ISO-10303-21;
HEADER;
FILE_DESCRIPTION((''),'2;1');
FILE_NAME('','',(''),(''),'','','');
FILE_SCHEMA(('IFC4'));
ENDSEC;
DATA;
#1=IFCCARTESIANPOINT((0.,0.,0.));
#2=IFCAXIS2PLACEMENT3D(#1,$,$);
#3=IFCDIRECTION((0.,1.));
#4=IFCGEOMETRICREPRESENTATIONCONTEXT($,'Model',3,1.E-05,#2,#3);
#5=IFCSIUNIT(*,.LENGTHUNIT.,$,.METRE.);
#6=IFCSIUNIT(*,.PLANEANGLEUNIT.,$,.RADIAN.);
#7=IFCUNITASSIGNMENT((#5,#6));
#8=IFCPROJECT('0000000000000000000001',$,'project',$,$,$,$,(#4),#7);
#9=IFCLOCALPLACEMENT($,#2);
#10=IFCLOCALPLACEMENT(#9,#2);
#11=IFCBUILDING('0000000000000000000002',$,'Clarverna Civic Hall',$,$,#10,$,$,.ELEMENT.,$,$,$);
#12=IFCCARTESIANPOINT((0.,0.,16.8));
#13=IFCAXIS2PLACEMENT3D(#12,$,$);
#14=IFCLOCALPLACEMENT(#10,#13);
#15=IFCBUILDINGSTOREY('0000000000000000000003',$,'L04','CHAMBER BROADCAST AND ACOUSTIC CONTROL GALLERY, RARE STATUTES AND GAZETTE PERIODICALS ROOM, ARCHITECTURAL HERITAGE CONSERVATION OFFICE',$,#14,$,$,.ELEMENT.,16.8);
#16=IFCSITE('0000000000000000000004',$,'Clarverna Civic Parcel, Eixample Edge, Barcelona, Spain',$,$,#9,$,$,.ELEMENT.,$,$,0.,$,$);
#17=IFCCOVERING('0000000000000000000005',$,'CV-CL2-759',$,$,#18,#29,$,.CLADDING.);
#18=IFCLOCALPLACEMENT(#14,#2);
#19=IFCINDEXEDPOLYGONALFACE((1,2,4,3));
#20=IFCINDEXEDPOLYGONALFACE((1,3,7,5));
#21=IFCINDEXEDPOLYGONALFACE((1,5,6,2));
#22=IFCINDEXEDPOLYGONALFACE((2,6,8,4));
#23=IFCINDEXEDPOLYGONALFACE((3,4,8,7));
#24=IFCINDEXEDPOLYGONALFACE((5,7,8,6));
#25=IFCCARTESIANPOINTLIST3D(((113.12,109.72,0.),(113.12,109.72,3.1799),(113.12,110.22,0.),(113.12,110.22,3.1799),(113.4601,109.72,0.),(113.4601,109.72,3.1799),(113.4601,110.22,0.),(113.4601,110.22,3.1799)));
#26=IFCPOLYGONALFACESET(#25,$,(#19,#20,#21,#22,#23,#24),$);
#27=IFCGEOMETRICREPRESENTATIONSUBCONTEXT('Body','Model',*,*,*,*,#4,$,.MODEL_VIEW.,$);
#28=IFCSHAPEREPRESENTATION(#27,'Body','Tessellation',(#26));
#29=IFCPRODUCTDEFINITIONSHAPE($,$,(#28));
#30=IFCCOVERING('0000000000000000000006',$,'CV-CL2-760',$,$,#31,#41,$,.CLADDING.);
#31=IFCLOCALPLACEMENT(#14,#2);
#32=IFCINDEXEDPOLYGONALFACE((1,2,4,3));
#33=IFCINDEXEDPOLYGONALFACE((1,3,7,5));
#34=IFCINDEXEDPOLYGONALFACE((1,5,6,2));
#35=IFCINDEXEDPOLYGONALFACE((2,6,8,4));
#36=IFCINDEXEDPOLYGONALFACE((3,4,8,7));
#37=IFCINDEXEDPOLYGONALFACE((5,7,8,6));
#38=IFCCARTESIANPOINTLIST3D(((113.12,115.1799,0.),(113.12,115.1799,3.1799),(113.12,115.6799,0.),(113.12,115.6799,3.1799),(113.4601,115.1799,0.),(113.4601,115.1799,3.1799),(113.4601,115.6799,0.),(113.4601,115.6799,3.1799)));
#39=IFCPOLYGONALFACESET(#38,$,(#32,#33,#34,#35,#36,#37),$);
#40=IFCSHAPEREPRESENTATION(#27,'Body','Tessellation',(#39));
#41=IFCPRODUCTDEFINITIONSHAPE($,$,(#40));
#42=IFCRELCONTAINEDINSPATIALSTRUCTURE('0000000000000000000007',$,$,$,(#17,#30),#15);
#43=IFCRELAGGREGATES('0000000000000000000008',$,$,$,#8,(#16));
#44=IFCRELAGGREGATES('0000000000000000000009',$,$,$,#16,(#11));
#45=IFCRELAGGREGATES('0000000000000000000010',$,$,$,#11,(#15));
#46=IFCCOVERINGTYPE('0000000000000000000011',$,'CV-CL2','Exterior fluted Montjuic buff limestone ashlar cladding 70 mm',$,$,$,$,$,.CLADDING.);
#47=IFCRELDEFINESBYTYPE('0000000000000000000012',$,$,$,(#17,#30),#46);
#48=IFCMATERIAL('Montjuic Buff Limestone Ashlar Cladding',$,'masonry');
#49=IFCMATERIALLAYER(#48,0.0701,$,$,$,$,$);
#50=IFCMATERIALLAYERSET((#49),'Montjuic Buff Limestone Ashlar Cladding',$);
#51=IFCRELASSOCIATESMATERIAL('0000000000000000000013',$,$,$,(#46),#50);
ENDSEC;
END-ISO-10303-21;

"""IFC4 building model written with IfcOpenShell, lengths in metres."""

from ifc_helpers import new_model, si_unit, direction, frame, frame_2d, origin, place, context, subcontext, project, spatial, rectangle, extrude, material, layer, layer_set, type_object, element, save


model = new_model("IFC4")

# Units and contexts
model_context = context("Model", 3, precision=1e-05, world=origin(), true_north=direction((0.0, 1.0)))
body_context = subcontext(model_context, "Body", "Model", "MODEL_VIEW")
ifc_project = project(units=[si_unit("LENGTHUNIT", "METRE"), si_unit("PLANEANGLEUNIT", "RADIAN")], contexts=[model_context])

# Site, building, storey
site_placement = place(None, origin())
site = spatial("IfcSite", under=ifc_project, at=site_placement, Name="Clarverna Civic Parcel, Eixample Edge, Barcelona, Spain", CompositionType="ELEMENT", RefElevation=0.0)
building_placement = place(site_placement, origin())
building = spatial("IfcBuilding", under=site, at=building_placement, Name="Clarverna Civic Hall", CompositionType="ELEMENT")
storey_placement = place(building_placement, frame((0.0, 0.0, 16.8)))
storey = spatial("IfcBuildingStorey", under=building, at=storey_placement, Name="L04", Description="CHAMBER BROADCAST AND ACOUSTIC CONTROL GALLERY, RARE STATUTES AND GAZETTE PERIODICALS ROOM, ARCHITECTURAL HERITAGE CONSERVATION OFFICE", CompositionType="ELEMENT", Elevation=16.8)

# Coverings
ifc_material_1 = material(Name="Montjuic Buff Limestone Ashlar Cladding", Category="masonry")
ifc_layer_1 = layer(ifc_material_1, 0.0701)
ifc_layer_set_1 = layer_set([ifc_layer_1], Name="Montjuic Buff Limestone Ashlar Cladding")
covering_type = type_object("IfcCoveringType", Name="CV-CL2", Description="Exterior fluted Montjuic buff limestone ashlar cladding 70 mm", PredefinedType="CLADDING", material=ifc_layer_set_1)
for number, where, z_axis, x_axis, name in (
    (1, (113.29, 109.72, 0.0), (0.0, 0.0, 1.0), (0.0, 1.0, 0.0), "CV-CL2-759"),
    (2, (113.29, 115.1799, 0.0), (0.0, 0.0, 1.0), (0.0, 1.0, 0.0), "CV-CL2-760"),
):
    element("IfcCovering", number, at=place(storey_placement, frame(where, z_axis=z_axis, x_axis=x_axis)), inside=storey, type_object=covering_type, Name=name, PredefinedType="CLADDING", context=body_context, shape_type="SweptSolid", body=[
        extrude(rectangle(XDim=0.5, YDim=0.3401, at=frame_2d((0.25, 0.0))), origin(), (0.0, 0.0, 1.0), 3.1799),
    ])

save(model, "model.ifc")
